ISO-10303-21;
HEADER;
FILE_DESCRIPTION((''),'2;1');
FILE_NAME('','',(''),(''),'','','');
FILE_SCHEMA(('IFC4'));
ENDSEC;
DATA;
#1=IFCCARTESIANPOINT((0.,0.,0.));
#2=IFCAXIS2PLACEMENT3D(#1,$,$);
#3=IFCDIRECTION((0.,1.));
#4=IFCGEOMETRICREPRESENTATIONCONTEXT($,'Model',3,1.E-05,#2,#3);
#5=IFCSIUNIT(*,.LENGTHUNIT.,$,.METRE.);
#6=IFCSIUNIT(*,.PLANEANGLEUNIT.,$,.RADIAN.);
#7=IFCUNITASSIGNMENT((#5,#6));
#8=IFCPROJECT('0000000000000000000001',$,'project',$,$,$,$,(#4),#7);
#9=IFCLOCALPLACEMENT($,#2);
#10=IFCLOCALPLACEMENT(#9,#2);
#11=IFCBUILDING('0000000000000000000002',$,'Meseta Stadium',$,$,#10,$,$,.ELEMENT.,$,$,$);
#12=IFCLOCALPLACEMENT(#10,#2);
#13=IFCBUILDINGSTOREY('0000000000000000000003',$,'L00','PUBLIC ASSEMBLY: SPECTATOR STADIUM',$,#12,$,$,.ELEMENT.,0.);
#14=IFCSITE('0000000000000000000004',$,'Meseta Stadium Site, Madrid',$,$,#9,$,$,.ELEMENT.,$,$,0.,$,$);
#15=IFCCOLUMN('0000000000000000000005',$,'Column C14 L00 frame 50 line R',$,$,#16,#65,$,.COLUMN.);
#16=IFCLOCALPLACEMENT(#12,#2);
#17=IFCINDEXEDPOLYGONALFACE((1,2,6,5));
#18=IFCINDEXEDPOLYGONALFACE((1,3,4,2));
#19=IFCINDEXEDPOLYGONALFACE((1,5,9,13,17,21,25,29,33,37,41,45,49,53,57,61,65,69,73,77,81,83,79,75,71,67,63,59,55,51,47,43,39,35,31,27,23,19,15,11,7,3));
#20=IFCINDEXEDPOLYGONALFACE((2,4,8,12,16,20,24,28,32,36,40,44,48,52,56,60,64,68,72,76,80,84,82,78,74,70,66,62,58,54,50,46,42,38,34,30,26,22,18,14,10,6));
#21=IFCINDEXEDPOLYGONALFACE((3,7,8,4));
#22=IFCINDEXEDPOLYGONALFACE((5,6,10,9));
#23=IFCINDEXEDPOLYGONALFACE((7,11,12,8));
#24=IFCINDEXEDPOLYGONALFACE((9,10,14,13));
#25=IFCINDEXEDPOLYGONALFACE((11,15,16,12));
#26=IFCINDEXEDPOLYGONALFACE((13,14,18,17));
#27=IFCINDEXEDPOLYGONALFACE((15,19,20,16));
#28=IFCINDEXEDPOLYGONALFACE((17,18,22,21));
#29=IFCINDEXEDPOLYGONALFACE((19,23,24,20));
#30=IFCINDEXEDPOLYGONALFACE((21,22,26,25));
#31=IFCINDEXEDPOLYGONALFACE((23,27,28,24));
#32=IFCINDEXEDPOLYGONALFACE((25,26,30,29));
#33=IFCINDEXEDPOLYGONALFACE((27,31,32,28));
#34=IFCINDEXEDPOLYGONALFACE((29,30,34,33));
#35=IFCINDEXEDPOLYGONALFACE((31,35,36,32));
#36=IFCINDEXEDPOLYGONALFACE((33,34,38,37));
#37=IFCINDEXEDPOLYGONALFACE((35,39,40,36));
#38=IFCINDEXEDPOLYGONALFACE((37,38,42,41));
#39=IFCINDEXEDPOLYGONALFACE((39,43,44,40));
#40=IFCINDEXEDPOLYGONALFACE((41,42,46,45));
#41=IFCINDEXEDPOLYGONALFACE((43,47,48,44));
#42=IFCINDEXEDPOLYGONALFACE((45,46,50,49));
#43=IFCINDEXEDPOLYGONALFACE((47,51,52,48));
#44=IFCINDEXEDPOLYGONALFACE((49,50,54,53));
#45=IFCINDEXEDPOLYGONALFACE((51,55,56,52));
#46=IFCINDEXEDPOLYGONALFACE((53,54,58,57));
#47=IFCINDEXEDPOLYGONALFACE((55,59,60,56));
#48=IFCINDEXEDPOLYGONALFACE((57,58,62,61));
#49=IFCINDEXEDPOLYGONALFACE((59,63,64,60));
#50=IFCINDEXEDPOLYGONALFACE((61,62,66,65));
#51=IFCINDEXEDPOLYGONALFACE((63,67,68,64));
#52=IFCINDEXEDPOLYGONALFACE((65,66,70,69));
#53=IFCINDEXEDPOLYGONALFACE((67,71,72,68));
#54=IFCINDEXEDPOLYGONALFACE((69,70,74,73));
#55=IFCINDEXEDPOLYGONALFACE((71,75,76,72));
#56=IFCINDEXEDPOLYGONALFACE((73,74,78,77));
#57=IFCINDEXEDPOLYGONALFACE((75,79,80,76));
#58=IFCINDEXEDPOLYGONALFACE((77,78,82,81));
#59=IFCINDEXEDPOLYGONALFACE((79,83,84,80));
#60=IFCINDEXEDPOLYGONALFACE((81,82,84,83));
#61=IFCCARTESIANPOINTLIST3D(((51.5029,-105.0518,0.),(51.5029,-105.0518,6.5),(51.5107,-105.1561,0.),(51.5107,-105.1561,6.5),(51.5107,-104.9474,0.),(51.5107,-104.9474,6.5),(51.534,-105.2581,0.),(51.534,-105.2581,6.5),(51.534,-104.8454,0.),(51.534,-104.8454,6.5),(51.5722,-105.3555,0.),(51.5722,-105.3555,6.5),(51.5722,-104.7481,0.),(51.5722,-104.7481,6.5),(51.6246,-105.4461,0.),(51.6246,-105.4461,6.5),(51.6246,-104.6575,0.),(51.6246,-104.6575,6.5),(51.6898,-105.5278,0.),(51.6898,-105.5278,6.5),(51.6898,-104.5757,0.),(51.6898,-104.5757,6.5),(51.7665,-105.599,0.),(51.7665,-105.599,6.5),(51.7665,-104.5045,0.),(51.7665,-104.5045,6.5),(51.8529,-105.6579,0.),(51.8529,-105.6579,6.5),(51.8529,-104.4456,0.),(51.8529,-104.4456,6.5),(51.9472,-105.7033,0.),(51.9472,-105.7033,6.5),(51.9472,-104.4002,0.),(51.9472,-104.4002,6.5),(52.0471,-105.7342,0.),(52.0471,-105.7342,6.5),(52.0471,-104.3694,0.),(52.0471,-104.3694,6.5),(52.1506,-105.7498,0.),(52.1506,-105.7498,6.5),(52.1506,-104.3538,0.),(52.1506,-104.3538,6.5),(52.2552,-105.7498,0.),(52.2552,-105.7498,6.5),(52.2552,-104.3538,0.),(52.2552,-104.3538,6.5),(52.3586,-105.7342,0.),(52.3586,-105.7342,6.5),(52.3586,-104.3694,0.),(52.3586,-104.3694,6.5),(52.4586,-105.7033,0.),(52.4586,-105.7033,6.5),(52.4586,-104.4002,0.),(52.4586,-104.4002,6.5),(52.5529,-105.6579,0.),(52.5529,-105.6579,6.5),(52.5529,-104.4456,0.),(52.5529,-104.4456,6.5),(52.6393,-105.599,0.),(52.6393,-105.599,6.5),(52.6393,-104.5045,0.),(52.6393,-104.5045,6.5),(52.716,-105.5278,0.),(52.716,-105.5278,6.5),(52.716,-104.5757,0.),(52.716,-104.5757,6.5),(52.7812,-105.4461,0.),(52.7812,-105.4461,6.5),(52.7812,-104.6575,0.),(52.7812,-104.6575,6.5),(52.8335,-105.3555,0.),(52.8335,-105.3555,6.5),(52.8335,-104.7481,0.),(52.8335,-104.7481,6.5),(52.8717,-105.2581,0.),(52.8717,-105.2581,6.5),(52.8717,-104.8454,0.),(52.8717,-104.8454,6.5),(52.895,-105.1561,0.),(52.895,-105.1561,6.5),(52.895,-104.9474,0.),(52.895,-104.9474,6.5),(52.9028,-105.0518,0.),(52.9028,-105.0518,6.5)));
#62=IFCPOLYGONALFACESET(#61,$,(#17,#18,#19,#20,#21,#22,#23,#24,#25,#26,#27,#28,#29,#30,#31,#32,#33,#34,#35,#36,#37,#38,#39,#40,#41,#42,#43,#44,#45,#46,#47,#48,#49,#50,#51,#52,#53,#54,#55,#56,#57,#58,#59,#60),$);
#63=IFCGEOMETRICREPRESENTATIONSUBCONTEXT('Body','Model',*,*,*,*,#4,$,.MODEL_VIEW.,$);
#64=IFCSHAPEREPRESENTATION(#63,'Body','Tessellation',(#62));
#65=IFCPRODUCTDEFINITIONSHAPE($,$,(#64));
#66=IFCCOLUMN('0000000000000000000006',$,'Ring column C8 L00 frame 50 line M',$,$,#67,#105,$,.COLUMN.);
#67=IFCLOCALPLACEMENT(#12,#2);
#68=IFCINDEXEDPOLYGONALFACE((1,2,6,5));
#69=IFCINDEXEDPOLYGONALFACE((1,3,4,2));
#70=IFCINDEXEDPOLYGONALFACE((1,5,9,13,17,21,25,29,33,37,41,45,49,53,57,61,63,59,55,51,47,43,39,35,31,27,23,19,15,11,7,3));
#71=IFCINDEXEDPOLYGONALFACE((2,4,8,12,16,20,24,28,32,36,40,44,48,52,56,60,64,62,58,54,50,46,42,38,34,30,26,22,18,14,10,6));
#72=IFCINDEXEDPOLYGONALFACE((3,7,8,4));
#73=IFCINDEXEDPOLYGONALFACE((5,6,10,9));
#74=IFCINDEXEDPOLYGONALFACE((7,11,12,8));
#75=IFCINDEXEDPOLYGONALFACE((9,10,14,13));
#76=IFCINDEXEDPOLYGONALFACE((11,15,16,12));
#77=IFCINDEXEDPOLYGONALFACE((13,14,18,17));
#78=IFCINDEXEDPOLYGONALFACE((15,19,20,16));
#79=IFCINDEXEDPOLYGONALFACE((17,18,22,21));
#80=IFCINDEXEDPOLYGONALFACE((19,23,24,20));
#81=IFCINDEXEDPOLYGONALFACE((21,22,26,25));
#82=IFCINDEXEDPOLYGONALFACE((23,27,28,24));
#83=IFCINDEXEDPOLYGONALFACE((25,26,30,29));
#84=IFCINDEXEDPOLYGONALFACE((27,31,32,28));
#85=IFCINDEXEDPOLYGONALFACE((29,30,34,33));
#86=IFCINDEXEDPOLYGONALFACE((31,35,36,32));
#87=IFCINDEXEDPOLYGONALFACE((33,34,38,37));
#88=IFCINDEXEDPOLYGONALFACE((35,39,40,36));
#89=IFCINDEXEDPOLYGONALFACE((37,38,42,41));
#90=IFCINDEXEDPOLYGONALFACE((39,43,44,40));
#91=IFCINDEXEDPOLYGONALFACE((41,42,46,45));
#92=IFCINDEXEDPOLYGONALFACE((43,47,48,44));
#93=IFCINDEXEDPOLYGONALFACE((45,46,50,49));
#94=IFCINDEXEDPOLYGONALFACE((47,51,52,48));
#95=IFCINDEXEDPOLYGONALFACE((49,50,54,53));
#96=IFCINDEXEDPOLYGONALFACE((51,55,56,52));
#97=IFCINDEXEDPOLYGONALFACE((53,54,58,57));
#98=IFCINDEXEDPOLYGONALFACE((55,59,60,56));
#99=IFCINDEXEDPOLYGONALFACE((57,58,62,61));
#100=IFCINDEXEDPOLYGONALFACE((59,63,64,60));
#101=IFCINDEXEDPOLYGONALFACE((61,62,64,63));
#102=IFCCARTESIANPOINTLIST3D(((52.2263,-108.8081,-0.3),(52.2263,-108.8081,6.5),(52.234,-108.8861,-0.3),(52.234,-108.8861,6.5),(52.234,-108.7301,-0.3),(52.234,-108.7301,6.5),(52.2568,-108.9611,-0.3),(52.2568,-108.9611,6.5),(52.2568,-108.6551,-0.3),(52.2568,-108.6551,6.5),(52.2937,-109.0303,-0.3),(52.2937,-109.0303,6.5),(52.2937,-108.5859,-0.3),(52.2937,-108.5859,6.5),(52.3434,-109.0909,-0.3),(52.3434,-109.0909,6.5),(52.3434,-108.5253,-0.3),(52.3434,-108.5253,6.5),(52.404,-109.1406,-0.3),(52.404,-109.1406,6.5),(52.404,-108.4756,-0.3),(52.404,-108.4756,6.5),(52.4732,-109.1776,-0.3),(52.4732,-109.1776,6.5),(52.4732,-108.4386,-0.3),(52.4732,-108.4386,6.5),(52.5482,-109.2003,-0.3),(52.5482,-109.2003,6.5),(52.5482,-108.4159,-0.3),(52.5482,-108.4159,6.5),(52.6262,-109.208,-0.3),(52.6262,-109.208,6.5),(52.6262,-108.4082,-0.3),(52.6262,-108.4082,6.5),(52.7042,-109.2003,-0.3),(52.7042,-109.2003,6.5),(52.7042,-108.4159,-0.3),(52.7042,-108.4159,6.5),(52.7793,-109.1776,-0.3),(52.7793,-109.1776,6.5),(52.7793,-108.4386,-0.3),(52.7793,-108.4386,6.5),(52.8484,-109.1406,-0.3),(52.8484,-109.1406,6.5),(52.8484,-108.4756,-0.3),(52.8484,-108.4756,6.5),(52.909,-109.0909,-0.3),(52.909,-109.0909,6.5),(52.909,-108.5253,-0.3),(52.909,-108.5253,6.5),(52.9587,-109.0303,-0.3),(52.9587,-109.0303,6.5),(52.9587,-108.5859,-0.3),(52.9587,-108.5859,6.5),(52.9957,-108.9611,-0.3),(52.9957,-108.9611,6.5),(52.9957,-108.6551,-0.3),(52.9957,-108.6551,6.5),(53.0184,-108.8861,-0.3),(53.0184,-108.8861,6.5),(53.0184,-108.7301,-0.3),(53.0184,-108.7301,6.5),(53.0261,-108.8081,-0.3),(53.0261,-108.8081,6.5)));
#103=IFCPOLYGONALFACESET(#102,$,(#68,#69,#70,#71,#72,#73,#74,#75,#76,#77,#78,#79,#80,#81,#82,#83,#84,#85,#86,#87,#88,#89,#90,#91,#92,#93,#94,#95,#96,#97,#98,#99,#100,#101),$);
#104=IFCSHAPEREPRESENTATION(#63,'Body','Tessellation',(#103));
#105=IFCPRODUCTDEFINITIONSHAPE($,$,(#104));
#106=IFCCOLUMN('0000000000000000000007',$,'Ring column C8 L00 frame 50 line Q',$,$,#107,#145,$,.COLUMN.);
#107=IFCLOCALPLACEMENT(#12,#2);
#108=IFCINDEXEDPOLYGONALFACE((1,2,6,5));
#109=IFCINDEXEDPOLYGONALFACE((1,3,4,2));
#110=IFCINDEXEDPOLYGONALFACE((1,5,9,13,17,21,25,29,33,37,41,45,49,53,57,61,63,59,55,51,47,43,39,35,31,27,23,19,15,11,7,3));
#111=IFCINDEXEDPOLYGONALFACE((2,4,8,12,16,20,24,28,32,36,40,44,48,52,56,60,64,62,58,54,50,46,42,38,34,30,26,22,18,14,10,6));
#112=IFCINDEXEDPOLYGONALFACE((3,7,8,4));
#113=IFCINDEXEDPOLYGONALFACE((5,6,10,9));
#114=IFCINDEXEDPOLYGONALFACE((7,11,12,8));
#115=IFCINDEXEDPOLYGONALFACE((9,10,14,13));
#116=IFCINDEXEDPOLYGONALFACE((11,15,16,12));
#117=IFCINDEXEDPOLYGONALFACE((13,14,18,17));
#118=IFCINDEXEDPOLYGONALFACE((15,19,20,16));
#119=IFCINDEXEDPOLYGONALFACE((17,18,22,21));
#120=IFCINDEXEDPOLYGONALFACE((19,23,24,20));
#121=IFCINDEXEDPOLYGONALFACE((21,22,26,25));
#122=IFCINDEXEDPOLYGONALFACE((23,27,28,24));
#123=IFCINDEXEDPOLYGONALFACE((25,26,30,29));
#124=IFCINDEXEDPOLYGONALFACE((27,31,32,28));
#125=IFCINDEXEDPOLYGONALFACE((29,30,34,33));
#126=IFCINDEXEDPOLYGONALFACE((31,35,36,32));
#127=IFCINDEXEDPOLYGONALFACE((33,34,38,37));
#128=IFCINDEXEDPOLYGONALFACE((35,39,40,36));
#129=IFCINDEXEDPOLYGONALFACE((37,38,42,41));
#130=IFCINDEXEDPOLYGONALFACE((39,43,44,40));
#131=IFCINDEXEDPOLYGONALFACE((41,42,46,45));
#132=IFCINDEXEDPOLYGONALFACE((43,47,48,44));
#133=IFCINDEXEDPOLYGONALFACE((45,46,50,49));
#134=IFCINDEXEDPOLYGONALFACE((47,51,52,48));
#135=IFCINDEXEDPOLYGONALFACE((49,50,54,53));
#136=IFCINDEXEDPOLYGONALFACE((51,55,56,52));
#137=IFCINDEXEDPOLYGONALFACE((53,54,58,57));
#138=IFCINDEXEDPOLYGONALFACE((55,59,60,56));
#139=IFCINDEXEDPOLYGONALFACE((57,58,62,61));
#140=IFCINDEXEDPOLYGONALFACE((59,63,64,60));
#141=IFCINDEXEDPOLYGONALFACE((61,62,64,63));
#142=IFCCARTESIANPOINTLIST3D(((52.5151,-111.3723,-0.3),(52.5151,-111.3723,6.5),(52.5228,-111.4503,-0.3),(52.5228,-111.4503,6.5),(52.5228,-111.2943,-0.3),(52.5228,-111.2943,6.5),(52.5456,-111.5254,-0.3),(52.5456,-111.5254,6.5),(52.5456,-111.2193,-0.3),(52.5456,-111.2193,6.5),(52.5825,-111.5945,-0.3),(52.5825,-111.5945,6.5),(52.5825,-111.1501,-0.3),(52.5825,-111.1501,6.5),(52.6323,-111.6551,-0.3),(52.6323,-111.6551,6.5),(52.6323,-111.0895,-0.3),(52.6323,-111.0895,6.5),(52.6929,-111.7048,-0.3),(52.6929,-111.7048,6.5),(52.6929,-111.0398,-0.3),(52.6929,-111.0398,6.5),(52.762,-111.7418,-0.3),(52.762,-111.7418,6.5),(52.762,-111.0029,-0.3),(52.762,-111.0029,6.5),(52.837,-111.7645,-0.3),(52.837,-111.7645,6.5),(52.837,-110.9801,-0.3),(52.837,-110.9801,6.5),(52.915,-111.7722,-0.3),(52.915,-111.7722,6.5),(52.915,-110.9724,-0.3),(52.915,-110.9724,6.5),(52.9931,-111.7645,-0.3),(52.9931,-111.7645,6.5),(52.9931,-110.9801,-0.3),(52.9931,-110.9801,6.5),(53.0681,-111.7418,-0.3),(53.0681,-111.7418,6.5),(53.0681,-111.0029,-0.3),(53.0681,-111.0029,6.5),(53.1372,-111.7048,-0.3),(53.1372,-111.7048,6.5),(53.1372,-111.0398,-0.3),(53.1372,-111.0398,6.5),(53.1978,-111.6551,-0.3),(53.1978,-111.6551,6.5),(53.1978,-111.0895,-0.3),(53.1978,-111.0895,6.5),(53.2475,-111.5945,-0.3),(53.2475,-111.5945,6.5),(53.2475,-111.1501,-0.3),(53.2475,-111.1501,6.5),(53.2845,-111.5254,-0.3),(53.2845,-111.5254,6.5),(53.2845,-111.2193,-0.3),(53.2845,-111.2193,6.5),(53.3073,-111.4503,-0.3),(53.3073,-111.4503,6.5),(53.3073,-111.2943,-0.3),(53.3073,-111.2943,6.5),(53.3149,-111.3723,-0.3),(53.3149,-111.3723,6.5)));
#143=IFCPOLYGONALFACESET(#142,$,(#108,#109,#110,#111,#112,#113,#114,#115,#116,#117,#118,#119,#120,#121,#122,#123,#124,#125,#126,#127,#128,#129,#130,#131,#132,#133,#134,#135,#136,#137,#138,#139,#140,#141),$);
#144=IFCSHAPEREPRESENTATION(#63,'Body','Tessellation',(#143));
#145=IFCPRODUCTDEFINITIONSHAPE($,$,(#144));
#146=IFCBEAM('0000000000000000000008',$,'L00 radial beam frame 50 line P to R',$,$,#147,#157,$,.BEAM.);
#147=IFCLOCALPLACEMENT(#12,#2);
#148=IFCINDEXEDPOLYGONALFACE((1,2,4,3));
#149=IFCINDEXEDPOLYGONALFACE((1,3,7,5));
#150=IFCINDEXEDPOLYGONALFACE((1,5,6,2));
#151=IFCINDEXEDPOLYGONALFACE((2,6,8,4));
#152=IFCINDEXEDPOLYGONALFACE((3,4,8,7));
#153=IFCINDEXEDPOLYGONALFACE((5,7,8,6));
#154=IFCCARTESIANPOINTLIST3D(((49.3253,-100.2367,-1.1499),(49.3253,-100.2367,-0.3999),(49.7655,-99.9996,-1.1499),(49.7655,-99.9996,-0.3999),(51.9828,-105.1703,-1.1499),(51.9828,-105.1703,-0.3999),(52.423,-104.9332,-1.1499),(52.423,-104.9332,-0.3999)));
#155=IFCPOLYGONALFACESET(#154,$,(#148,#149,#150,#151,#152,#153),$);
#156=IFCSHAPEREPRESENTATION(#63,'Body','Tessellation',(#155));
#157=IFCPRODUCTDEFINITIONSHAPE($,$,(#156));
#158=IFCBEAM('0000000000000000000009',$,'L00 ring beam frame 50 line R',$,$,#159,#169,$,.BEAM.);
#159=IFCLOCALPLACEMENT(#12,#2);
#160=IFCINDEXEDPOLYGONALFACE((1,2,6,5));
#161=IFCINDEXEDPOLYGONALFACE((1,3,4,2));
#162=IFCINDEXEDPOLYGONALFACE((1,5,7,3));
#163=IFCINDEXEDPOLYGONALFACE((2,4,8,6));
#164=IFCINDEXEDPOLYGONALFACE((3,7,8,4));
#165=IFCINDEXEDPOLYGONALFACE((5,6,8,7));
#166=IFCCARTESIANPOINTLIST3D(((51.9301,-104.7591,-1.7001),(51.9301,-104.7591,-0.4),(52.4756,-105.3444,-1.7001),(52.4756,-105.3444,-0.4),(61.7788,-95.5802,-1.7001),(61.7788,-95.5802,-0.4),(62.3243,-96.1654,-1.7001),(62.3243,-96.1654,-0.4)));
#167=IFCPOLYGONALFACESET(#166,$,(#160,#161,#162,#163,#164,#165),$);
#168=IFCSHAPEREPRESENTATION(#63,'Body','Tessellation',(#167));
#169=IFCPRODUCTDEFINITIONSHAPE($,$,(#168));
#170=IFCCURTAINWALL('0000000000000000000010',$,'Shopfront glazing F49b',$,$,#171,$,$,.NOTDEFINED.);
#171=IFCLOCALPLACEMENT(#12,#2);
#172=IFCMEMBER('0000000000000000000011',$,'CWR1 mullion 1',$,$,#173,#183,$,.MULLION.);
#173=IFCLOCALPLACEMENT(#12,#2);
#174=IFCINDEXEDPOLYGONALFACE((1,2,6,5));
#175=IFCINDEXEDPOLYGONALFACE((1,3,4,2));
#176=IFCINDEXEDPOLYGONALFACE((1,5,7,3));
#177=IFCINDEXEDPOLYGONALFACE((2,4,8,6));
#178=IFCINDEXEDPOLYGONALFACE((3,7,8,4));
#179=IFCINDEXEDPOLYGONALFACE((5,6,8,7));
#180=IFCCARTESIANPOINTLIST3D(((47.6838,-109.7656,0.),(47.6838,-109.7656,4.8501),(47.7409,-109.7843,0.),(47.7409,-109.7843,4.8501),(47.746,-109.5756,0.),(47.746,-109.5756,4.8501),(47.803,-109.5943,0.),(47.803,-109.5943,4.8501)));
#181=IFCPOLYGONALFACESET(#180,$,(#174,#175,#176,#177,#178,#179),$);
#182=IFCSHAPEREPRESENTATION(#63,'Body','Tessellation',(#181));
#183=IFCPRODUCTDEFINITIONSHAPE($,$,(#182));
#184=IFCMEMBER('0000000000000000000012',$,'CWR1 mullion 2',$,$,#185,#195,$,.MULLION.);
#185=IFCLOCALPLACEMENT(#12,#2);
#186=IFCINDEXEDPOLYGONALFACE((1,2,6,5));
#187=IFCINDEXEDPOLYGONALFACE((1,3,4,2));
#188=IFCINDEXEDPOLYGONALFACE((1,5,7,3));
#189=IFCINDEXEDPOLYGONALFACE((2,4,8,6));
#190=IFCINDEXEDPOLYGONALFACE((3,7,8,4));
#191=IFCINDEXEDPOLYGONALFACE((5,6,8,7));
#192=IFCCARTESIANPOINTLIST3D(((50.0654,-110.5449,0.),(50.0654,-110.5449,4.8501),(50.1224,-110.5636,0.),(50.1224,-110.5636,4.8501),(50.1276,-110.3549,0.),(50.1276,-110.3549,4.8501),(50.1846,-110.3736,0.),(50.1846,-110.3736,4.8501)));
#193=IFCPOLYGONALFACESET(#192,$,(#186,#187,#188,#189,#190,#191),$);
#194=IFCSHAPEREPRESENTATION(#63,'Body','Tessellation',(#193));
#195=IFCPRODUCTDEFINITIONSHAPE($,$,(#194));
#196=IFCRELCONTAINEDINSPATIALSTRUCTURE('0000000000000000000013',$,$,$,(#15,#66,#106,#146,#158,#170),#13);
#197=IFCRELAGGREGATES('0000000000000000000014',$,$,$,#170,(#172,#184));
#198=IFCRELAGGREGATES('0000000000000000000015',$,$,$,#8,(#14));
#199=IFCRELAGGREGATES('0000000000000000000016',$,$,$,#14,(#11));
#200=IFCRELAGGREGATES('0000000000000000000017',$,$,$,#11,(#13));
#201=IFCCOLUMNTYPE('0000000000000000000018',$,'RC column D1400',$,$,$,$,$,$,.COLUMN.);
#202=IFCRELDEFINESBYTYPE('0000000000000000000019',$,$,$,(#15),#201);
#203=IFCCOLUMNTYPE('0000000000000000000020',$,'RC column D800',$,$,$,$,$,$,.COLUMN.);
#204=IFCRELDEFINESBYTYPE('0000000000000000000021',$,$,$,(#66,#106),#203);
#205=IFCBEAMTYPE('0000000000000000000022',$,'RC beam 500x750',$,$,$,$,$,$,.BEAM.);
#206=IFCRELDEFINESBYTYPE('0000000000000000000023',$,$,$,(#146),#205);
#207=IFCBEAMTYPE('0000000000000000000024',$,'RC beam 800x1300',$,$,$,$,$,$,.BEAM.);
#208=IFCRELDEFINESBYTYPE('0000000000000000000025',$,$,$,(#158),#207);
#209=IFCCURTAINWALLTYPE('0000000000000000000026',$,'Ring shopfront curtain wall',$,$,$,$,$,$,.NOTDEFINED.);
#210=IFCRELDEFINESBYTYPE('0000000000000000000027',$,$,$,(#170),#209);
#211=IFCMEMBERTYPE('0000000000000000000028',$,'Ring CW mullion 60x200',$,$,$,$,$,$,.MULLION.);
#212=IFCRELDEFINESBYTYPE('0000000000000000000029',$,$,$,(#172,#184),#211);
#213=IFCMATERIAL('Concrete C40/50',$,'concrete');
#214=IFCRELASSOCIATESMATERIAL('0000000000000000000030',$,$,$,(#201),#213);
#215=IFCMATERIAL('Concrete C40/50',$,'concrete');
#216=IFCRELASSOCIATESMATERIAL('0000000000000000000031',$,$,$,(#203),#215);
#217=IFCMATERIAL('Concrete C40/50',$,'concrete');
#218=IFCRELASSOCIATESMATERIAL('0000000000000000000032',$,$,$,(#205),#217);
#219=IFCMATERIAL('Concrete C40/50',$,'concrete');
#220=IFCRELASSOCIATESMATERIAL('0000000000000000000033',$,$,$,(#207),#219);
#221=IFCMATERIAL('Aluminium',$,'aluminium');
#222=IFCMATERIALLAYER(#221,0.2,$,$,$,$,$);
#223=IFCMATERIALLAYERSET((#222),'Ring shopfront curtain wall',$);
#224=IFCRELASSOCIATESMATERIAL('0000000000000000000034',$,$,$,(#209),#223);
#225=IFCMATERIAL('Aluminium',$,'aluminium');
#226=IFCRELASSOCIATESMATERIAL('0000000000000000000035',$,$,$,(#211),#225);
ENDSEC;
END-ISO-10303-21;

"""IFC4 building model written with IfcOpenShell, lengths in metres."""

from ifc_helpers import new_model, si_unit, direction, frame, origin, origin_2d, place, context, subcontext, project, spatial, rectangle, circle, extrude, material, layer, layer_set, material_profile, profile_set, type_object, element, aggregate, save


model = new_model("IFC4")

# Units and contexts
model_context = context("Model", 3, precision=1e-05, world=origin(), true_north=direction((0.0, 1.0)))
body_context = subcontext(model_context, "Body", "Model", "MODEL_VIEW")
ifc_project = project(units=[si_unit("LENGTHUNIT", "METRE"), si_unit("PLANEANGLEUNIT", "RADIAN")], contexts=[model_context])

# Site, building, storey
site_placement = place(None, origin())
site = spatial("IfcSite", under=ifc_project, at=site_placement, Name="Meseta Stadium Site, Madrid", CompositionType="ELEMENT", RefElevation=0.0)
building_placement = place(site_placement, origin())
building = spatial("IfcBuilding", under=site, at=building_placement, Name="Meseta Stadium", CompositionType="ELEMENT")
storey_placement = place(building_placement, origin())
storey = spatial("IfcBuildingStorey", under=building, at=storey_placement, Name="L00", Description="PUBLIC ASSEMBLY: SPECTATOR STADIUM", CompositionType="ELEMENT", Elevation=0.0)

# Columns
ifc_material_1 = material(Name="Concrete C40/50", Category="concrete")
ifc_material_profile_1 = material_profile(ifc_material_1, circle(Radius=0.7, at=origin_2d()), Name="RC D1400")
ifc_profile_set_1 = profile_set([ifc_material_profile_1], Name="Concrete C40/50")
column_type_1 = type_object("IfcColumnType", Name="RC column D1400", PredefinedType="COLUMN", material=ifc_profile_set_1)
column_placement = place(storey_placement, frame((52.2029, -105.0518, 0.0), z_axis=(0.0, 0.0, 1.0), x_axis=(1.0, 0.0, 0.0)))
element("IfcColumn", 1, at=column_placement, inside=storey, type_object=column_type_1, Name="Column C14 L00 frame 50 line R", PredefinedType="COLUMN", context=body_context, shape_type="SweptSolid", body=[
    extrude(circle(Radius=0.7, at=origin_2d()), origin(), (0.0, 0.0, 1.0), 6.5),
])
ifc_material_2 = material(Name="Concrete C40/50", Category="concrete")
ifc_material_profile_2 = material_profile(ifc_material_2, circle(Radius=0.3999, at=origin_2d()), Name="RC D800")
ifc_profile_set_2 = profile_set([ifc_material_profile_2], Name="Concrete C40/50")
column_type_2 = type_object("IfcColumnType", Name="RC column D800", PredefinedType="COLUMN", material=ifc_profile_set_2)
for number, where, z_axis, x_axis, name in (
    (2, (52.6262, -108.8081, -0.3), (0.0, 0.0, 1.0), (1.0, 0.0, 0.0), "Ring column C8 L00 frame 50 line M"),
    (3, (52.915, -111.3723, -0.3), (0.0, 0.0, 1.0), (1.0, 0.0, 0.0), "Ring column C8 L00 frame 50 line Q"),
):
    element("IfcColumn", number, at=place(storey_placement, frame(where, z_axis=z_axis, x_axis=x_axis)), inside=storey, type_object=column_type_2, Name=name, PredefinedType="COLUMN", context=body_context, shape_type="SweptSolid", body=[
        extrude(circle(Radius=0.3999, at=origin_2d()), origin(), (0.0, 0.0, 1.0), 6.8),
    ])

# Beams
ifc_material_3 = material(Name="Concrete C40/50", Category="concrete")
ifc_material_profile_3 = material_profile(ifc_material_3, rectangle(XDim=0.5, YDim=0.75, at=origin_2d()), Name="RC 500x750")
ifc_profile_set_3 = profile_set([ifc_material_profile_3], Name="Concrete C40/50")
beam_type_1 = type_object("IfcBeamType", Name="RC beam 500x750", PredefinedType="BEAM", material=ifc_profile_set_3)
beam_1_placement = place(storey_placement, frame((49.5454, -100.1182, -0.7749), z_axis=(0.474227, -0.880403, 0.0), x_axis=(0.880403, 0.474227, 0.0)))
element("IfcBeam", 4, at=beam_1_placement, inside=storey, type_object=beam_type_1, Name="L00 radial beam frame 50 line P to R", PredefinedType="BEAM", context=body_context, shape_type="SweptSolid", body=[
    extrude(rectangle(XDim=0.5, YDim=0.75, at=origin_2d()), origin(), (0.0, 0.0, 1.0), 5.6038),
])
ifc_material_4 = material(Name="Concrete C40/50", Category="concrete")
ifc_material_profile_4 = material_profile(ifc_material_4, rectangle(XDim=0.8, YDim=1.3, at=origin_2d()), Name="RC 800x1300")
ifc_profile_set_4 = profile_set([ifc_material_profile_4], Name="Concrete C40/50")
beam_type_2 = type_object("IfcBeamType", Name="RC beam 800x1300", PredefinedType="BEAM", material=ifc_profile_set_4)
beam_2_placement = place(storey_placement, frame((52.2029, -105.0518, -1.05), z_axis=(0.731541, 0.681798, 0.0), x_axis=(-0.681798, 0.731541, 0.0)))
element("IfcBeam", 5, at=beam_2_placement, inside=storey, type_object=beam_type_2, Name="L00 ring beam frame 50 line R", PredefinedType="BEAM", context=body_context, shape_type="SweptSolid", body=[
    extrude(rectangle(XDim=0.8, YDim=1.3, at=origin_2d()), origin(), (0.0, 0.0, 1.0), 13.4629),
])

# Curtain wall, members
ifc_material_5 = material(Name="Aluminium", Category="aluminium")
ifc_layer_1 = layer(ifc_material_5, 0.2)
ifc_layer_set_1 = layer_set([ifc_layer_1], Name="Ring shopfront curtain wall")
curtain_wall_type = type_object("IfcCurtainWallType", Name="Ring shopfront curtain wall", PredefinedType="NOTDEFINED", material=ifc_layer_set_1)
curtain_wall_placement = place(storey_placement, origin())
curtain_wall = element("IfcCurtainWall", 6, at=curtain_wall_placement, inside=storey, type_object=curtain_wall_type, Name="Shopfront glazing F49b", PredefinedType="NOTDEFINED")
ifc_material_6 = material(Name="Aluminium", Category="aluminium")
ifc_material_profile_5 = material_profile(ifc_material_6, rectangle(XDim=0.2, YDim=0.0601, at=origin_2d()), Name="CW 200x60")
ifc_profile_set_5 = profile_set([ifc_material_profile_5], Name="Aluminium")
member_type_1 = type_object("IfcMemberType", Name="Ring CW mullion 60x200", PredefinedType="MULLION", material=ifc_profile_set_5)
member_1_placement = place(storey_placement, frame((47.7434, -109.6799, 0.0), z_axis=(0.0, 0.0, 1.0), x_axis=(0.311041, 0.950396, 0.0)))
member_1 = element("IfcMember", 7, at=member_1_placement, type_object=member_type_1, Name="CWR1 mullion 1", PredefinedType="MULLION", context=body_context, shape_type="SweptSolid", body=[
    extrude(rectangle(XDim=0.2, YDim=0.0601, at=origin_2d()), origin(), (0.0, 0.0, 1.0), 4.8501),
])
member_2_placement = place(storey_placement, frame((50.125, -110.4592, 0.0), z_axis=(0.0, 0.0, 1.0), x_axis=(0.311041, 0.950396, 0.0)))
member_2 = element("IfcMember", 8, at=member_2_placement, type_object=member_type_1, Name="CWR1 mullion 2", PredefinedType="MULLION", context=body_context, shape_type="SweptSolid", body=[
    extrude(rectangle(XDim=0.2, YDim=0.0601, at=origin_2d()), origin(), (0.0, 0.0, 1.0), 4.8501),
])
aggregate(curtain_wall, [member_1, member_2])

save(model, "model.ifc")
